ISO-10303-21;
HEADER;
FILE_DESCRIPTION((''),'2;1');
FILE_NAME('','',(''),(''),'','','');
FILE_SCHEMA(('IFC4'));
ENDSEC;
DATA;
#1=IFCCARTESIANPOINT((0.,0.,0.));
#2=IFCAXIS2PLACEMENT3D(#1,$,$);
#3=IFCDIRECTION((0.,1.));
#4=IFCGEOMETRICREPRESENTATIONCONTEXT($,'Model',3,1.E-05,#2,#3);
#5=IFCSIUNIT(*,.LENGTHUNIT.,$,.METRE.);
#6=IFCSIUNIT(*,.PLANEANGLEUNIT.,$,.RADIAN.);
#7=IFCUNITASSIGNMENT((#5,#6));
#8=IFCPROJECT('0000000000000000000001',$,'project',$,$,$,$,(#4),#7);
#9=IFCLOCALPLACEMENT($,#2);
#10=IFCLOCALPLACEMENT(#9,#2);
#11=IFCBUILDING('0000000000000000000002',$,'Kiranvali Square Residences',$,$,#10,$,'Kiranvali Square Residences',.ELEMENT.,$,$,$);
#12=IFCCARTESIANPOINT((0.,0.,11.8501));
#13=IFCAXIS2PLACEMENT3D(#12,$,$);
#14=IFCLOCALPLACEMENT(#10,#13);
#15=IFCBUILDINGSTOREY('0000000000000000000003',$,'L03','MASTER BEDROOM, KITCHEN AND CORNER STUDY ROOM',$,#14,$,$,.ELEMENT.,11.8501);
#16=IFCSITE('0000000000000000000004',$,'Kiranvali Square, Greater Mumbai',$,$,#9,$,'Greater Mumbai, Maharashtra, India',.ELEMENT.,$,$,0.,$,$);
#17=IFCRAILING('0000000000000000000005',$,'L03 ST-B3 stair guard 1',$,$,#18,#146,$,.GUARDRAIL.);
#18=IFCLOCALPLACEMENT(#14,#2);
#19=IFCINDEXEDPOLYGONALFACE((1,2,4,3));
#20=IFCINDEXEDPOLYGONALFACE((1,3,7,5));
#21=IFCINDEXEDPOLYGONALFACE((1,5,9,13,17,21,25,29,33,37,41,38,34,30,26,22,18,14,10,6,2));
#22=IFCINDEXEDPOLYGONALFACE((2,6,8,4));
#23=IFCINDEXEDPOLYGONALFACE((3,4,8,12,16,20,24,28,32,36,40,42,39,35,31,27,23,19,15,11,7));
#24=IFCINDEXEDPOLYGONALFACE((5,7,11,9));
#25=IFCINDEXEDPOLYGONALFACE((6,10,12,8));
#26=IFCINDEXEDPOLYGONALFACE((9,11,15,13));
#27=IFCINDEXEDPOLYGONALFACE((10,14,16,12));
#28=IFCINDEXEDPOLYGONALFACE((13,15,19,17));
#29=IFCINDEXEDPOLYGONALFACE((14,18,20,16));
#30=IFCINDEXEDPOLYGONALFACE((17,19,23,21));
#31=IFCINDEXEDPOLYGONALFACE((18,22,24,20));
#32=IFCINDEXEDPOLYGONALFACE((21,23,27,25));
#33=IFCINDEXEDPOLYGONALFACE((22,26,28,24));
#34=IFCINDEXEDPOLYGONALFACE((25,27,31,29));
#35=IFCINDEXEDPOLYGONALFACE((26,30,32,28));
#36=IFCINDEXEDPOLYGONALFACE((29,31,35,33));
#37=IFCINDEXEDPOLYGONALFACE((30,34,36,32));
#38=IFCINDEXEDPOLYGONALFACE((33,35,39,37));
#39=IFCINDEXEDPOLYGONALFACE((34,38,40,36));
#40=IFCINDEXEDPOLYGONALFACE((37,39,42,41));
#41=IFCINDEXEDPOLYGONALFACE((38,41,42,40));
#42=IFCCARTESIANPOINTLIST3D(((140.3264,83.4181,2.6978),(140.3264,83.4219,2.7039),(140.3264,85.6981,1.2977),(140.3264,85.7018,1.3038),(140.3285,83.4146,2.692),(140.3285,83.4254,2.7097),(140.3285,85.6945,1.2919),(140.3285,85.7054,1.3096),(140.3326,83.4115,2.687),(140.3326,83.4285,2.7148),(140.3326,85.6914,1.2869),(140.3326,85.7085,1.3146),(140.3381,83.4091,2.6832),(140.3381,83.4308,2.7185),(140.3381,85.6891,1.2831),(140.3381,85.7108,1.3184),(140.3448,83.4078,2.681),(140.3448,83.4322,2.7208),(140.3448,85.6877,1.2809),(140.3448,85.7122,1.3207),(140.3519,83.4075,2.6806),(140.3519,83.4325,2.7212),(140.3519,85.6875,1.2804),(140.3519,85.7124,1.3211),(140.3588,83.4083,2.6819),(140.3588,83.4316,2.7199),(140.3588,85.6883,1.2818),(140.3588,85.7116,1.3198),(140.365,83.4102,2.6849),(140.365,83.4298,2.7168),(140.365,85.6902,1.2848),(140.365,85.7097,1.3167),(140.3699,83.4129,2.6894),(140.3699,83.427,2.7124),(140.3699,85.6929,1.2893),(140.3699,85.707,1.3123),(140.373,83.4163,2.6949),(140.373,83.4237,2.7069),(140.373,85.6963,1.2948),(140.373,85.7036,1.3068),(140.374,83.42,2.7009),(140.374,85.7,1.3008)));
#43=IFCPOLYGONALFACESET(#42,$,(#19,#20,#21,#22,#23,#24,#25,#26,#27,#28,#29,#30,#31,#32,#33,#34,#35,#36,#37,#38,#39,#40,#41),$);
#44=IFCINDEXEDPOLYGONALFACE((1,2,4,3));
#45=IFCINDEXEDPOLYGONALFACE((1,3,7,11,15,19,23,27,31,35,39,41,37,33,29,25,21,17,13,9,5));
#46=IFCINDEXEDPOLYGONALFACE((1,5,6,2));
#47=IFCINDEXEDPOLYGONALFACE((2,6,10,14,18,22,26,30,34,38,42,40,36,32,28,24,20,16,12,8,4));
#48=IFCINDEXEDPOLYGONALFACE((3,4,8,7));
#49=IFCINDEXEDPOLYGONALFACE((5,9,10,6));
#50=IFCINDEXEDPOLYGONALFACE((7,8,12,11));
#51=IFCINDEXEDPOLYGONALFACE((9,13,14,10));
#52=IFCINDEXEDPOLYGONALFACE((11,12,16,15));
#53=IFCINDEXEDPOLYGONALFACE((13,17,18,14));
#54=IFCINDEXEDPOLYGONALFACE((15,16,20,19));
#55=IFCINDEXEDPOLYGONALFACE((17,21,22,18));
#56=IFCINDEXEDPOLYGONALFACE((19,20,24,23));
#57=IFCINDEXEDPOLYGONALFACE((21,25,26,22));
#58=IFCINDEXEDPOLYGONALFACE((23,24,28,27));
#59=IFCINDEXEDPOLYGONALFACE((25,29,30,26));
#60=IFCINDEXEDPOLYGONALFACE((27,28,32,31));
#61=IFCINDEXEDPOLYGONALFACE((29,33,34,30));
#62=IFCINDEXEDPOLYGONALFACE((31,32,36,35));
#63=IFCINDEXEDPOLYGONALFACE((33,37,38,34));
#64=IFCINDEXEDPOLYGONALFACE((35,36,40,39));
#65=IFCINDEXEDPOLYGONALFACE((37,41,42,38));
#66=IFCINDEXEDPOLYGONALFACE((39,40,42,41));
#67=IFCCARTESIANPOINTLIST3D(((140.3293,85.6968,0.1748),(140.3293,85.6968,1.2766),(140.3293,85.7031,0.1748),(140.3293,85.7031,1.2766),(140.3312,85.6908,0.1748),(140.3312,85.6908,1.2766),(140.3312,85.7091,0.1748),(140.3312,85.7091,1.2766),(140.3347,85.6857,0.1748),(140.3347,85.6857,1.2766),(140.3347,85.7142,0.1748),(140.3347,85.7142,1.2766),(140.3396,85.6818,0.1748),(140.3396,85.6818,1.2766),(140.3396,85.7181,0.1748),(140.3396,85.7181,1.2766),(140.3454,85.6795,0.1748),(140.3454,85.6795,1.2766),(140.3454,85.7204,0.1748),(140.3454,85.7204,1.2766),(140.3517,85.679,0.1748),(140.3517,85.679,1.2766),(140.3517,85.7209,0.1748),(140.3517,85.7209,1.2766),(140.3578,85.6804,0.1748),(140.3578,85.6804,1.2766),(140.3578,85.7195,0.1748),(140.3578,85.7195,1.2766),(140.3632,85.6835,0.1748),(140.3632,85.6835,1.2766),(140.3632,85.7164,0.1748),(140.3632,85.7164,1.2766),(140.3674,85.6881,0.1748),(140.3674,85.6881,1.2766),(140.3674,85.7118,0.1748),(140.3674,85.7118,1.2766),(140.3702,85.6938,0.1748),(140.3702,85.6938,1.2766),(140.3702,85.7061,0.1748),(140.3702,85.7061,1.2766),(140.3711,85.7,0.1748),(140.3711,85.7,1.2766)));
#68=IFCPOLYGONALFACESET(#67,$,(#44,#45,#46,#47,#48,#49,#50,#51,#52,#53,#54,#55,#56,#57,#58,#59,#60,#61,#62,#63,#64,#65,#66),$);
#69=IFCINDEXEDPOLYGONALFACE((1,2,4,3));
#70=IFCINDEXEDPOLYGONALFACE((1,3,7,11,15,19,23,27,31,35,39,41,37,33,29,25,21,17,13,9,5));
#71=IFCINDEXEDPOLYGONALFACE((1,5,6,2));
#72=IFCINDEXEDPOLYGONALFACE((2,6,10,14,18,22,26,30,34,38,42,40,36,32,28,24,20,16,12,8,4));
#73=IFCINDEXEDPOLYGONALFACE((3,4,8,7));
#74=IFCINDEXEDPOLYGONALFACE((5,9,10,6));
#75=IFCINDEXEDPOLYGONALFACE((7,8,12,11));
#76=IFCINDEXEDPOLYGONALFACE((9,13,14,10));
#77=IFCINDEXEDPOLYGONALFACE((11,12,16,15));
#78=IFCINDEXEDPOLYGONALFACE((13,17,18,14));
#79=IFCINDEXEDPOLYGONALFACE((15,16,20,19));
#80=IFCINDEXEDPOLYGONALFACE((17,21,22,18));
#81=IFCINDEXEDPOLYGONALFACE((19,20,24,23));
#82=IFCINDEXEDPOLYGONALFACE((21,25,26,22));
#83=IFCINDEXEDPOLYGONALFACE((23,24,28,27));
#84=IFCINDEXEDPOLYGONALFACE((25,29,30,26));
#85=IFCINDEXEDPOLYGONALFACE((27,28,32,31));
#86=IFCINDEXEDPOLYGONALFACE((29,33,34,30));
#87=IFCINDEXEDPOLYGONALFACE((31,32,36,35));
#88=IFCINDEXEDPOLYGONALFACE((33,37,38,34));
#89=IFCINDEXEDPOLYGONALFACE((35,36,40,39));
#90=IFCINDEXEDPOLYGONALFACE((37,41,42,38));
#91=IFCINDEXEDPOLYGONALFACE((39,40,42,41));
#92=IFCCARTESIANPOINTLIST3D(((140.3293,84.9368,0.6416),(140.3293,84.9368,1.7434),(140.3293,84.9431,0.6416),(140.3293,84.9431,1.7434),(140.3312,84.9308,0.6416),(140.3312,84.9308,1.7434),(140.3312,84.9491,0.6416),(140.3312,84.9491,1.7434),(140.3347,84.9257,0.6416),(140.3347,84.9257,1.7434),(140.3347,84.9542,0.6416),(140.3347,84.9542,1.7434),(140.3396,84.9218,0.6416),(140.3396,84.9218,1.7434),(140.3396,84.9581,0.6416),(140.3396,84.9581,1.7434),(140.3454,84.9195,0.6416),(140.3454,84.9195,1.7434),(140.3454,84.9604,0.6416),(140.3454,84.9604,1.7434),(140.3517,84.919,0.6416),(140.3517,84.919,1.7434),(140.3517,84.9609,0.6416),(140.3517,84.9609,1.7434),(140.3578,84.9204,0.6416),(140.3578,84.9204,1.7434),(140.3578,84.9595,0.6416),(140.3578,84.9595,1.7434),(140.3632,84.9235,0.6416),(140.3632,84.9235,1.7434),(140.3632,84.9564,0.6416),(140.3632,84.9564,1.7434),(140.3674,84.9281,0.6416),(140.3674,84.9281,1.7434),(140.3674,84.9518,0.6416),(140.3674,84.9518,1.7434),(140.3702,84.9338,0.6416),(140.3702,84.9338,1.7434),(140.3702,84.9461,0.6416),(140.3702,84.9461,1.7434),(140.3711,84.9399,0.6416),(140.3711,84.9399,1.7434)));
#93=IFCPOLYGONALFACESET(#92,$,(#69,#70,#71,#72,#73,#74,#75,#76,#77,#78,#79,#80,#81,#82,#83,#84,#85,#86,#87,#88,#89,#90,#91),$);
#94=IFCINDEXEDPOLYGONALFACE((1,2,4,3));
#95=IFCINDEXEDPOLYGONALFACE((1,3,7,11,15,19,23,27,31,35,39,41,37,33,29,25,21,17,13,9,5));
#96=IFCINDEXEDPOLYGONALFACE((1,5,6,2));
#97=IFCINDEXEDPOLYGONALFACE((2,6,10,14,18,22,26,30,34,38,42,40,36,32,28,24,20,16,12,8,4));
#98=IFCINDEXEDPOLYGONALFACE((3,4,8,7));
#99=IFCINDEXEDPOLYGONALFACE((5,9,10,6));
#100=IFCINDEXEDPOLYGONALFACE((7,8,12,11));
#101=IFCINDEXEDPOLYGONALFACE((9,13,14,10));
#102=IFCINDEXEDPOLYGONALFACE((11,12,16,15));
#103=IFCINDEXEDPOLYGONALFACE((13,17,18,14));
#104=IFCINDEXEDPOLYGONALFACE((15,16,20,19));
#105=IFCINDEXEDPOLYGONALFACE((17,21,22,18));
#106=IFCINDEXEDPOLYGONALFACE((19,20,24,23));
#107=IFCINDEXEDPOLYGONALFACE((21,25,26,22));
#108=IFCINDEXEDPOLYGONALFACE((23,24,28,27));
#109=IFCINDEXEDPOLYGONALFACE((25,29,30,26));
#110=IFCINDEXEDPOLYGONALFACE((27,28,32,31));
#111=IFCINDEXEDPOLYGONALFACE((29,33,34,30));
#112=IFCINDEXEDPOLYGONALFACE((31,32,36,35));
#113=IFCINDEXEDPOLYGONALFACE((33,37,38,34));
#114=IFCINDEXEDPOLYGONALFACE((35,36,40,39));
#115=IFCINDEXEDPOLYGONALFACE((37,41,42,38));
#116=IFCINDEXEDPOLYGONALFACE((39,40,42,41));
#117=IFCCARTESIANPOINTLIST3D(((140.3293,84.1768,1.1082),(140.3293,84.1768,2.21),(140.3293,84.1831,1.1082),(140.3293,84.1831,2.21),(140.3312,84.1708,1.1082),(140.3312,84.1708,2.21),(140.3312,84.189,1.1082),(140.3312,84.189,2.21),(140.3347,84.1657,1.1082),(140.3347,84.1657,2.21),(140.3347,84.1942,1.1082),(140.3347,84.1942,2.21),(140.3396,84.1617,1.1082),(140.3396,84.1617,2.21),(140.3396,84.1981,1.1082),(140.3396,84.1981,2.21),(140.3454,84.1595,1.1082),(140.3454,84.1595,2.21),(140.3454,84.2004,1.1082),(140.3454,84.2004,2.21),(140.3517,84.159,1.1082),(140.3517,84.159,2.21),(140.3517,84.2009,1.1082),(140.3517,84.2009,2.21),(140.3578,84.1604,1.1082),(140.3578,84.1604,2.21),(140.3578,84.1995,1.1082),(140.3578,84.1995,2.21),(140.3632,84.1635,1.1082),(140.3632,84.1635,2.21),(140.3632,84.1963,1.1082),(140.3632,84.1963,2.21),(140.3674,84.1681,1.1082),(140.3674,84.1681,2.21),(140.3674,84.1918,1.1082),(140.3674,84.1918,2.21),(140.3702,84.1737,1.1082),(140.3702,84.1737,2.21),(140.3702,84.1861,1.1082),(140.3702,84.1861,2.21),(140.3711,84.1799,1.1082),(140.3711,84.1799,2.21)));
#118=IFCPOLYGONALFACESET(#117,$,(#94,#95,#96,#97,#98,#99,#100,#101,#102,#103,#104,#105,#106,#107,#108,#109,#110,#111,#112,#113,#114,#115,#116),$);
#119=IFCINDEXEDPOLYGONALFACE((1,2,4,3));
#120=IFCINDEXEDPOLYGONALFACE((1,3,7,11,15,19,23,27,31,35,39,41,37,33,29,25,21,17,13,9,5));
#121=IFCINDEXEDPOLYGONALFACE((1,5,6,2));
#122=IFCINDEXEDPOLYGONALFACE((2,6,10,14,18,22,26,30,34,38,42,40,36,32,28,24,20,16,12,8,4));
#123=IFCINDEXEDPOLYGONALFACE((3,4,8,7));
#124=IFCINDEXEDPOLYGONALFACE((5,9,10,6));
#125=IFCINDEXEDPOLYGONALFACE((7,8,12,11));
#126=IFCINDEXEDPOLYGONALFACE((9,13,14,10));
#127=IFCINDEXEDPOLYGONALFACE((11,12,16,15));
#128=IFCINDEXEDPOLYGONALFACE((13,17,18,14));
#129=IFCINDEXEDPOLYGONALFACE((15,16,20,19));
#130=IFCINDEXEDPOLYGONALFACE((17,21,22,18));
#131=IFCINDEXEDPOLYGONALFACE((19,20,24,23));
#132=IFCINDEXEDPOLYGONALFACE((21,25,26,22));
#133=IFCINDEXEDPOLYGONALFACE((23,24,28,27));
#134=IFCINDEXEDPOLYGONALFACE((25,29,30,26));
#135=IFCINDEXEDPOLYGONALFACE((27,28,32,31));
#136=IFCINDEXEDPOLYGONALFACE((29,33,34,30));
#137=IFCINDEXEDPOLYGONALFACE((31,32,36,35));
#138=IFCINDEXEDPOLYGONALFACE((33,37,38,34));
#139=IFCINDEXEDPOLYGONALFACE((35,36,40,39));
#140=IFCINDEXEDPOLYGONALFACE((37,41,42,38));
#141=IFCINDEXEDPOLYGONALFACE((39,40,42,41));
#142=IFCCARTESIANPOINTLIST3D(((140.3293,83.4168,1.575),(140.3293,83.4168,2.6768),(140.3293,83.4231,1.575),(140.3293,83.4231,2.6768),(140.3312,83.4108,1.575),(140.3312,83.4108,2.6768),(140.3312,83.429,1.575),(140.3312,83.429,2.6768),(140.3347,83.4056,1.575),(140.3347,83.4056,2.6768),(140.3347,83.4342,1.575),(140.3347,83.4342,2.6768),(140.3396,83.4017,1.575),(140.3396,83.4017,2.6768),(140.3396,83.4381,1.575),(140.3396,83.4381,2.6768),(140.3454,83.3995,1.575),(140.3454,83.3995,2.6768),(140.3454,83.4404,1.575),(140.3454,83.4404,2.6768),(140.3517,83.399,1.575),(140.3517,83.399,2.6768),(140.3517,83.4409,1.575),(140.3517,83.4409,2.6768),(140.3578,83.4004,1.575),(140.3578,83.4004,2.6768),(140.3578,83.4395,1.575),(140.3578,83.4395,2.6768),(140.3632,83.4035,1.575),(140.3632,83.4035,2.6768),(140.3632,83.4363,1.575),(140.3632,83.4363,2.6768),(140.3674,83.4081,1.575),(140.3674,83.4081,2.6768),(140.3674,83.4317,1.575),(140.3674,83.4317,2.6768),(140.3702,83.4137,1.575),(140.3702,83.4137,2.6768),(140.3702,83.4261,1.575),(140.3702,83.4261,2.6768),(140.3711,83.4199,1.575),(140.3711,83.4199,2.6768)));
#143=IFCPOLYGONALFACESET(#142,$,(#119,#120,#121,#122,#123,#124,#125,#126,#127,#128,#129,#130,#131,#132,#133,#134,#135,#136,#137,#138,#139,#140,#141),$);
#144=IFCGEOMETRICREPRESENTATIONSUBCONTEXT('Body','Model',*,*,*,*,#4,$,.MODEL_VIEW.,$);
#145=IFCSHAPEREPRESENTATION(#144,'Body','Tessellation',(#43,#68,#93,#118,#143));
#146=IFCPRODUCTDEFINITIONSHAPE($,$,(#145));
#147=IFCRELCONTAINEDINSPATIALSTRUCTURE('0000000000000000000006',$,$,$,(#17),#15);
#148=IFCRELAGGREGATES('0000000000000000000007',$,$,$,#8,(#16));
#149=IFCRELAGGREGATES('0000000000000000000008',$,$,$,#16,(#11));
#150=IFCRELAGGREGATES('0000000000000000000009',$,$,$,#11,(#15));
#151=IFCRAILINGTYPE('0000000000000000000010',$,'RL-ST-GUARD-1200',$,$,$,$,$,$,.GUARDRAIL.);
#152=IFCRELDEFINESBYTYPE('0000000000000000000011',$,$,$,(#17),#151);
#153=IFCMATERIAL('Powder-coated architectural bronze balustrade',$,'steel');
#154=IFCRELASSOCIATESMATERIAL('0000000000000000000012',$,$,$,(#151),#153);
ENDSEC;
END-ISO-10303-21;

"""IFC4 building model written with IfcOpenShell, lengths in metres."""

from ifc_helpers import new_model, si_unit, direction, frame, origin, origin_2d, place, context, subcontext, project, spatial, circle, extrude, material, type_object, element, save


model = new_model("IFC4")

# Units and contexts
model_context = context("Model", 3, precision=1e-05, world=origin(), true_north=direction((0.0, 1.0)))
body_context = subcontext(model_context, "Body", "Model", "MODEL_VIEW")
ifc_project = project(units=[si_unit("LENGTHUNIT", "METRE"), si_unit("PLANEANGLEUNIT", "RADIAN")], contexts=[model_context])

# Site, building, storey
site_placement = place(None, origin())
site = spatial("IfcSite", under=ifc_project, at=site_placement, Name="Kiranvali Square, Greater Mumbai", LongName="Greater Mumbai, Maharashtra, India", CompositionType="ELEMENT", RefElevation=0.0)
building_placement = place(site_placement, origin())
building = spatial("IfcBuilding", under=site, at=building_placement, Name="Kiranvali Square Residences", LongName="Kiranvali Square Residences", CompositionType="ELEMENT")
storey_placement = place(building_placement, frame((0.0, 0.0, 11.8501)))
storey = spatial("IfcBuildingStorey", under=building, at=storey_placement, Name="L03", Description="MASTER BEDROOM, KITCHEN AND CORNER STUDY ROOM", CompositionType="ELEMENT", Elevation=11.8501)

# Railing
ifc_material_1 = material(Name="Powder-coated architectural bronze balustrade", Category="steel")
railing_type_1 = type_object("IfcRailingType", Name="RL-ST-GUARD-1200", PredefinedType="GUARDRAIL", material=ifc_material_1)
railing_1_placement = place(storey_placement, frame((140.3501, 85.7, 0.1748)))
element("IfcRailing", 1, at=railing_1_placement, inside=storey, type_object=railing_type_1, Name="L03 ST-B3 stair guard 1", PredefinedType="GUARDRAIL", context=body_context, shape_type="SweptSolid", body=[
    extrude(circle(Radius=0.0239, at=origin_2d()), frame((0.0, 0.0, 1.126), z_axis=(0.0, -0.85215, 0.523298), x_axis=(1.0, 0.0, 0.0)), (0.0, 0.0, 1.0), 2.6755),
    extrude(circle(Radius=0.021, at=origin_2d()), origin(), (0.0, 0.0, 1.0), 1.1018),
    extrude(circle(Radius=0.021, at=origin_2d()), frame((0.0, -0.76, 0.4668)), (0.0, 0.0, 1.0), 1.1018),
    extrude(circle(Radius=0.021, at=origin_2d()), frame((0.0, -1.52, 0.9333)), (0.0, 0.0, 1.0), 1.1018),
    extrude(circle(Radius=0.021, at=origin_2d()), frame((0.0, -2.28, 1.4001)), (0.0, 0.0, 1.0), 1.1018),
])

save(model, "model.ifc")
